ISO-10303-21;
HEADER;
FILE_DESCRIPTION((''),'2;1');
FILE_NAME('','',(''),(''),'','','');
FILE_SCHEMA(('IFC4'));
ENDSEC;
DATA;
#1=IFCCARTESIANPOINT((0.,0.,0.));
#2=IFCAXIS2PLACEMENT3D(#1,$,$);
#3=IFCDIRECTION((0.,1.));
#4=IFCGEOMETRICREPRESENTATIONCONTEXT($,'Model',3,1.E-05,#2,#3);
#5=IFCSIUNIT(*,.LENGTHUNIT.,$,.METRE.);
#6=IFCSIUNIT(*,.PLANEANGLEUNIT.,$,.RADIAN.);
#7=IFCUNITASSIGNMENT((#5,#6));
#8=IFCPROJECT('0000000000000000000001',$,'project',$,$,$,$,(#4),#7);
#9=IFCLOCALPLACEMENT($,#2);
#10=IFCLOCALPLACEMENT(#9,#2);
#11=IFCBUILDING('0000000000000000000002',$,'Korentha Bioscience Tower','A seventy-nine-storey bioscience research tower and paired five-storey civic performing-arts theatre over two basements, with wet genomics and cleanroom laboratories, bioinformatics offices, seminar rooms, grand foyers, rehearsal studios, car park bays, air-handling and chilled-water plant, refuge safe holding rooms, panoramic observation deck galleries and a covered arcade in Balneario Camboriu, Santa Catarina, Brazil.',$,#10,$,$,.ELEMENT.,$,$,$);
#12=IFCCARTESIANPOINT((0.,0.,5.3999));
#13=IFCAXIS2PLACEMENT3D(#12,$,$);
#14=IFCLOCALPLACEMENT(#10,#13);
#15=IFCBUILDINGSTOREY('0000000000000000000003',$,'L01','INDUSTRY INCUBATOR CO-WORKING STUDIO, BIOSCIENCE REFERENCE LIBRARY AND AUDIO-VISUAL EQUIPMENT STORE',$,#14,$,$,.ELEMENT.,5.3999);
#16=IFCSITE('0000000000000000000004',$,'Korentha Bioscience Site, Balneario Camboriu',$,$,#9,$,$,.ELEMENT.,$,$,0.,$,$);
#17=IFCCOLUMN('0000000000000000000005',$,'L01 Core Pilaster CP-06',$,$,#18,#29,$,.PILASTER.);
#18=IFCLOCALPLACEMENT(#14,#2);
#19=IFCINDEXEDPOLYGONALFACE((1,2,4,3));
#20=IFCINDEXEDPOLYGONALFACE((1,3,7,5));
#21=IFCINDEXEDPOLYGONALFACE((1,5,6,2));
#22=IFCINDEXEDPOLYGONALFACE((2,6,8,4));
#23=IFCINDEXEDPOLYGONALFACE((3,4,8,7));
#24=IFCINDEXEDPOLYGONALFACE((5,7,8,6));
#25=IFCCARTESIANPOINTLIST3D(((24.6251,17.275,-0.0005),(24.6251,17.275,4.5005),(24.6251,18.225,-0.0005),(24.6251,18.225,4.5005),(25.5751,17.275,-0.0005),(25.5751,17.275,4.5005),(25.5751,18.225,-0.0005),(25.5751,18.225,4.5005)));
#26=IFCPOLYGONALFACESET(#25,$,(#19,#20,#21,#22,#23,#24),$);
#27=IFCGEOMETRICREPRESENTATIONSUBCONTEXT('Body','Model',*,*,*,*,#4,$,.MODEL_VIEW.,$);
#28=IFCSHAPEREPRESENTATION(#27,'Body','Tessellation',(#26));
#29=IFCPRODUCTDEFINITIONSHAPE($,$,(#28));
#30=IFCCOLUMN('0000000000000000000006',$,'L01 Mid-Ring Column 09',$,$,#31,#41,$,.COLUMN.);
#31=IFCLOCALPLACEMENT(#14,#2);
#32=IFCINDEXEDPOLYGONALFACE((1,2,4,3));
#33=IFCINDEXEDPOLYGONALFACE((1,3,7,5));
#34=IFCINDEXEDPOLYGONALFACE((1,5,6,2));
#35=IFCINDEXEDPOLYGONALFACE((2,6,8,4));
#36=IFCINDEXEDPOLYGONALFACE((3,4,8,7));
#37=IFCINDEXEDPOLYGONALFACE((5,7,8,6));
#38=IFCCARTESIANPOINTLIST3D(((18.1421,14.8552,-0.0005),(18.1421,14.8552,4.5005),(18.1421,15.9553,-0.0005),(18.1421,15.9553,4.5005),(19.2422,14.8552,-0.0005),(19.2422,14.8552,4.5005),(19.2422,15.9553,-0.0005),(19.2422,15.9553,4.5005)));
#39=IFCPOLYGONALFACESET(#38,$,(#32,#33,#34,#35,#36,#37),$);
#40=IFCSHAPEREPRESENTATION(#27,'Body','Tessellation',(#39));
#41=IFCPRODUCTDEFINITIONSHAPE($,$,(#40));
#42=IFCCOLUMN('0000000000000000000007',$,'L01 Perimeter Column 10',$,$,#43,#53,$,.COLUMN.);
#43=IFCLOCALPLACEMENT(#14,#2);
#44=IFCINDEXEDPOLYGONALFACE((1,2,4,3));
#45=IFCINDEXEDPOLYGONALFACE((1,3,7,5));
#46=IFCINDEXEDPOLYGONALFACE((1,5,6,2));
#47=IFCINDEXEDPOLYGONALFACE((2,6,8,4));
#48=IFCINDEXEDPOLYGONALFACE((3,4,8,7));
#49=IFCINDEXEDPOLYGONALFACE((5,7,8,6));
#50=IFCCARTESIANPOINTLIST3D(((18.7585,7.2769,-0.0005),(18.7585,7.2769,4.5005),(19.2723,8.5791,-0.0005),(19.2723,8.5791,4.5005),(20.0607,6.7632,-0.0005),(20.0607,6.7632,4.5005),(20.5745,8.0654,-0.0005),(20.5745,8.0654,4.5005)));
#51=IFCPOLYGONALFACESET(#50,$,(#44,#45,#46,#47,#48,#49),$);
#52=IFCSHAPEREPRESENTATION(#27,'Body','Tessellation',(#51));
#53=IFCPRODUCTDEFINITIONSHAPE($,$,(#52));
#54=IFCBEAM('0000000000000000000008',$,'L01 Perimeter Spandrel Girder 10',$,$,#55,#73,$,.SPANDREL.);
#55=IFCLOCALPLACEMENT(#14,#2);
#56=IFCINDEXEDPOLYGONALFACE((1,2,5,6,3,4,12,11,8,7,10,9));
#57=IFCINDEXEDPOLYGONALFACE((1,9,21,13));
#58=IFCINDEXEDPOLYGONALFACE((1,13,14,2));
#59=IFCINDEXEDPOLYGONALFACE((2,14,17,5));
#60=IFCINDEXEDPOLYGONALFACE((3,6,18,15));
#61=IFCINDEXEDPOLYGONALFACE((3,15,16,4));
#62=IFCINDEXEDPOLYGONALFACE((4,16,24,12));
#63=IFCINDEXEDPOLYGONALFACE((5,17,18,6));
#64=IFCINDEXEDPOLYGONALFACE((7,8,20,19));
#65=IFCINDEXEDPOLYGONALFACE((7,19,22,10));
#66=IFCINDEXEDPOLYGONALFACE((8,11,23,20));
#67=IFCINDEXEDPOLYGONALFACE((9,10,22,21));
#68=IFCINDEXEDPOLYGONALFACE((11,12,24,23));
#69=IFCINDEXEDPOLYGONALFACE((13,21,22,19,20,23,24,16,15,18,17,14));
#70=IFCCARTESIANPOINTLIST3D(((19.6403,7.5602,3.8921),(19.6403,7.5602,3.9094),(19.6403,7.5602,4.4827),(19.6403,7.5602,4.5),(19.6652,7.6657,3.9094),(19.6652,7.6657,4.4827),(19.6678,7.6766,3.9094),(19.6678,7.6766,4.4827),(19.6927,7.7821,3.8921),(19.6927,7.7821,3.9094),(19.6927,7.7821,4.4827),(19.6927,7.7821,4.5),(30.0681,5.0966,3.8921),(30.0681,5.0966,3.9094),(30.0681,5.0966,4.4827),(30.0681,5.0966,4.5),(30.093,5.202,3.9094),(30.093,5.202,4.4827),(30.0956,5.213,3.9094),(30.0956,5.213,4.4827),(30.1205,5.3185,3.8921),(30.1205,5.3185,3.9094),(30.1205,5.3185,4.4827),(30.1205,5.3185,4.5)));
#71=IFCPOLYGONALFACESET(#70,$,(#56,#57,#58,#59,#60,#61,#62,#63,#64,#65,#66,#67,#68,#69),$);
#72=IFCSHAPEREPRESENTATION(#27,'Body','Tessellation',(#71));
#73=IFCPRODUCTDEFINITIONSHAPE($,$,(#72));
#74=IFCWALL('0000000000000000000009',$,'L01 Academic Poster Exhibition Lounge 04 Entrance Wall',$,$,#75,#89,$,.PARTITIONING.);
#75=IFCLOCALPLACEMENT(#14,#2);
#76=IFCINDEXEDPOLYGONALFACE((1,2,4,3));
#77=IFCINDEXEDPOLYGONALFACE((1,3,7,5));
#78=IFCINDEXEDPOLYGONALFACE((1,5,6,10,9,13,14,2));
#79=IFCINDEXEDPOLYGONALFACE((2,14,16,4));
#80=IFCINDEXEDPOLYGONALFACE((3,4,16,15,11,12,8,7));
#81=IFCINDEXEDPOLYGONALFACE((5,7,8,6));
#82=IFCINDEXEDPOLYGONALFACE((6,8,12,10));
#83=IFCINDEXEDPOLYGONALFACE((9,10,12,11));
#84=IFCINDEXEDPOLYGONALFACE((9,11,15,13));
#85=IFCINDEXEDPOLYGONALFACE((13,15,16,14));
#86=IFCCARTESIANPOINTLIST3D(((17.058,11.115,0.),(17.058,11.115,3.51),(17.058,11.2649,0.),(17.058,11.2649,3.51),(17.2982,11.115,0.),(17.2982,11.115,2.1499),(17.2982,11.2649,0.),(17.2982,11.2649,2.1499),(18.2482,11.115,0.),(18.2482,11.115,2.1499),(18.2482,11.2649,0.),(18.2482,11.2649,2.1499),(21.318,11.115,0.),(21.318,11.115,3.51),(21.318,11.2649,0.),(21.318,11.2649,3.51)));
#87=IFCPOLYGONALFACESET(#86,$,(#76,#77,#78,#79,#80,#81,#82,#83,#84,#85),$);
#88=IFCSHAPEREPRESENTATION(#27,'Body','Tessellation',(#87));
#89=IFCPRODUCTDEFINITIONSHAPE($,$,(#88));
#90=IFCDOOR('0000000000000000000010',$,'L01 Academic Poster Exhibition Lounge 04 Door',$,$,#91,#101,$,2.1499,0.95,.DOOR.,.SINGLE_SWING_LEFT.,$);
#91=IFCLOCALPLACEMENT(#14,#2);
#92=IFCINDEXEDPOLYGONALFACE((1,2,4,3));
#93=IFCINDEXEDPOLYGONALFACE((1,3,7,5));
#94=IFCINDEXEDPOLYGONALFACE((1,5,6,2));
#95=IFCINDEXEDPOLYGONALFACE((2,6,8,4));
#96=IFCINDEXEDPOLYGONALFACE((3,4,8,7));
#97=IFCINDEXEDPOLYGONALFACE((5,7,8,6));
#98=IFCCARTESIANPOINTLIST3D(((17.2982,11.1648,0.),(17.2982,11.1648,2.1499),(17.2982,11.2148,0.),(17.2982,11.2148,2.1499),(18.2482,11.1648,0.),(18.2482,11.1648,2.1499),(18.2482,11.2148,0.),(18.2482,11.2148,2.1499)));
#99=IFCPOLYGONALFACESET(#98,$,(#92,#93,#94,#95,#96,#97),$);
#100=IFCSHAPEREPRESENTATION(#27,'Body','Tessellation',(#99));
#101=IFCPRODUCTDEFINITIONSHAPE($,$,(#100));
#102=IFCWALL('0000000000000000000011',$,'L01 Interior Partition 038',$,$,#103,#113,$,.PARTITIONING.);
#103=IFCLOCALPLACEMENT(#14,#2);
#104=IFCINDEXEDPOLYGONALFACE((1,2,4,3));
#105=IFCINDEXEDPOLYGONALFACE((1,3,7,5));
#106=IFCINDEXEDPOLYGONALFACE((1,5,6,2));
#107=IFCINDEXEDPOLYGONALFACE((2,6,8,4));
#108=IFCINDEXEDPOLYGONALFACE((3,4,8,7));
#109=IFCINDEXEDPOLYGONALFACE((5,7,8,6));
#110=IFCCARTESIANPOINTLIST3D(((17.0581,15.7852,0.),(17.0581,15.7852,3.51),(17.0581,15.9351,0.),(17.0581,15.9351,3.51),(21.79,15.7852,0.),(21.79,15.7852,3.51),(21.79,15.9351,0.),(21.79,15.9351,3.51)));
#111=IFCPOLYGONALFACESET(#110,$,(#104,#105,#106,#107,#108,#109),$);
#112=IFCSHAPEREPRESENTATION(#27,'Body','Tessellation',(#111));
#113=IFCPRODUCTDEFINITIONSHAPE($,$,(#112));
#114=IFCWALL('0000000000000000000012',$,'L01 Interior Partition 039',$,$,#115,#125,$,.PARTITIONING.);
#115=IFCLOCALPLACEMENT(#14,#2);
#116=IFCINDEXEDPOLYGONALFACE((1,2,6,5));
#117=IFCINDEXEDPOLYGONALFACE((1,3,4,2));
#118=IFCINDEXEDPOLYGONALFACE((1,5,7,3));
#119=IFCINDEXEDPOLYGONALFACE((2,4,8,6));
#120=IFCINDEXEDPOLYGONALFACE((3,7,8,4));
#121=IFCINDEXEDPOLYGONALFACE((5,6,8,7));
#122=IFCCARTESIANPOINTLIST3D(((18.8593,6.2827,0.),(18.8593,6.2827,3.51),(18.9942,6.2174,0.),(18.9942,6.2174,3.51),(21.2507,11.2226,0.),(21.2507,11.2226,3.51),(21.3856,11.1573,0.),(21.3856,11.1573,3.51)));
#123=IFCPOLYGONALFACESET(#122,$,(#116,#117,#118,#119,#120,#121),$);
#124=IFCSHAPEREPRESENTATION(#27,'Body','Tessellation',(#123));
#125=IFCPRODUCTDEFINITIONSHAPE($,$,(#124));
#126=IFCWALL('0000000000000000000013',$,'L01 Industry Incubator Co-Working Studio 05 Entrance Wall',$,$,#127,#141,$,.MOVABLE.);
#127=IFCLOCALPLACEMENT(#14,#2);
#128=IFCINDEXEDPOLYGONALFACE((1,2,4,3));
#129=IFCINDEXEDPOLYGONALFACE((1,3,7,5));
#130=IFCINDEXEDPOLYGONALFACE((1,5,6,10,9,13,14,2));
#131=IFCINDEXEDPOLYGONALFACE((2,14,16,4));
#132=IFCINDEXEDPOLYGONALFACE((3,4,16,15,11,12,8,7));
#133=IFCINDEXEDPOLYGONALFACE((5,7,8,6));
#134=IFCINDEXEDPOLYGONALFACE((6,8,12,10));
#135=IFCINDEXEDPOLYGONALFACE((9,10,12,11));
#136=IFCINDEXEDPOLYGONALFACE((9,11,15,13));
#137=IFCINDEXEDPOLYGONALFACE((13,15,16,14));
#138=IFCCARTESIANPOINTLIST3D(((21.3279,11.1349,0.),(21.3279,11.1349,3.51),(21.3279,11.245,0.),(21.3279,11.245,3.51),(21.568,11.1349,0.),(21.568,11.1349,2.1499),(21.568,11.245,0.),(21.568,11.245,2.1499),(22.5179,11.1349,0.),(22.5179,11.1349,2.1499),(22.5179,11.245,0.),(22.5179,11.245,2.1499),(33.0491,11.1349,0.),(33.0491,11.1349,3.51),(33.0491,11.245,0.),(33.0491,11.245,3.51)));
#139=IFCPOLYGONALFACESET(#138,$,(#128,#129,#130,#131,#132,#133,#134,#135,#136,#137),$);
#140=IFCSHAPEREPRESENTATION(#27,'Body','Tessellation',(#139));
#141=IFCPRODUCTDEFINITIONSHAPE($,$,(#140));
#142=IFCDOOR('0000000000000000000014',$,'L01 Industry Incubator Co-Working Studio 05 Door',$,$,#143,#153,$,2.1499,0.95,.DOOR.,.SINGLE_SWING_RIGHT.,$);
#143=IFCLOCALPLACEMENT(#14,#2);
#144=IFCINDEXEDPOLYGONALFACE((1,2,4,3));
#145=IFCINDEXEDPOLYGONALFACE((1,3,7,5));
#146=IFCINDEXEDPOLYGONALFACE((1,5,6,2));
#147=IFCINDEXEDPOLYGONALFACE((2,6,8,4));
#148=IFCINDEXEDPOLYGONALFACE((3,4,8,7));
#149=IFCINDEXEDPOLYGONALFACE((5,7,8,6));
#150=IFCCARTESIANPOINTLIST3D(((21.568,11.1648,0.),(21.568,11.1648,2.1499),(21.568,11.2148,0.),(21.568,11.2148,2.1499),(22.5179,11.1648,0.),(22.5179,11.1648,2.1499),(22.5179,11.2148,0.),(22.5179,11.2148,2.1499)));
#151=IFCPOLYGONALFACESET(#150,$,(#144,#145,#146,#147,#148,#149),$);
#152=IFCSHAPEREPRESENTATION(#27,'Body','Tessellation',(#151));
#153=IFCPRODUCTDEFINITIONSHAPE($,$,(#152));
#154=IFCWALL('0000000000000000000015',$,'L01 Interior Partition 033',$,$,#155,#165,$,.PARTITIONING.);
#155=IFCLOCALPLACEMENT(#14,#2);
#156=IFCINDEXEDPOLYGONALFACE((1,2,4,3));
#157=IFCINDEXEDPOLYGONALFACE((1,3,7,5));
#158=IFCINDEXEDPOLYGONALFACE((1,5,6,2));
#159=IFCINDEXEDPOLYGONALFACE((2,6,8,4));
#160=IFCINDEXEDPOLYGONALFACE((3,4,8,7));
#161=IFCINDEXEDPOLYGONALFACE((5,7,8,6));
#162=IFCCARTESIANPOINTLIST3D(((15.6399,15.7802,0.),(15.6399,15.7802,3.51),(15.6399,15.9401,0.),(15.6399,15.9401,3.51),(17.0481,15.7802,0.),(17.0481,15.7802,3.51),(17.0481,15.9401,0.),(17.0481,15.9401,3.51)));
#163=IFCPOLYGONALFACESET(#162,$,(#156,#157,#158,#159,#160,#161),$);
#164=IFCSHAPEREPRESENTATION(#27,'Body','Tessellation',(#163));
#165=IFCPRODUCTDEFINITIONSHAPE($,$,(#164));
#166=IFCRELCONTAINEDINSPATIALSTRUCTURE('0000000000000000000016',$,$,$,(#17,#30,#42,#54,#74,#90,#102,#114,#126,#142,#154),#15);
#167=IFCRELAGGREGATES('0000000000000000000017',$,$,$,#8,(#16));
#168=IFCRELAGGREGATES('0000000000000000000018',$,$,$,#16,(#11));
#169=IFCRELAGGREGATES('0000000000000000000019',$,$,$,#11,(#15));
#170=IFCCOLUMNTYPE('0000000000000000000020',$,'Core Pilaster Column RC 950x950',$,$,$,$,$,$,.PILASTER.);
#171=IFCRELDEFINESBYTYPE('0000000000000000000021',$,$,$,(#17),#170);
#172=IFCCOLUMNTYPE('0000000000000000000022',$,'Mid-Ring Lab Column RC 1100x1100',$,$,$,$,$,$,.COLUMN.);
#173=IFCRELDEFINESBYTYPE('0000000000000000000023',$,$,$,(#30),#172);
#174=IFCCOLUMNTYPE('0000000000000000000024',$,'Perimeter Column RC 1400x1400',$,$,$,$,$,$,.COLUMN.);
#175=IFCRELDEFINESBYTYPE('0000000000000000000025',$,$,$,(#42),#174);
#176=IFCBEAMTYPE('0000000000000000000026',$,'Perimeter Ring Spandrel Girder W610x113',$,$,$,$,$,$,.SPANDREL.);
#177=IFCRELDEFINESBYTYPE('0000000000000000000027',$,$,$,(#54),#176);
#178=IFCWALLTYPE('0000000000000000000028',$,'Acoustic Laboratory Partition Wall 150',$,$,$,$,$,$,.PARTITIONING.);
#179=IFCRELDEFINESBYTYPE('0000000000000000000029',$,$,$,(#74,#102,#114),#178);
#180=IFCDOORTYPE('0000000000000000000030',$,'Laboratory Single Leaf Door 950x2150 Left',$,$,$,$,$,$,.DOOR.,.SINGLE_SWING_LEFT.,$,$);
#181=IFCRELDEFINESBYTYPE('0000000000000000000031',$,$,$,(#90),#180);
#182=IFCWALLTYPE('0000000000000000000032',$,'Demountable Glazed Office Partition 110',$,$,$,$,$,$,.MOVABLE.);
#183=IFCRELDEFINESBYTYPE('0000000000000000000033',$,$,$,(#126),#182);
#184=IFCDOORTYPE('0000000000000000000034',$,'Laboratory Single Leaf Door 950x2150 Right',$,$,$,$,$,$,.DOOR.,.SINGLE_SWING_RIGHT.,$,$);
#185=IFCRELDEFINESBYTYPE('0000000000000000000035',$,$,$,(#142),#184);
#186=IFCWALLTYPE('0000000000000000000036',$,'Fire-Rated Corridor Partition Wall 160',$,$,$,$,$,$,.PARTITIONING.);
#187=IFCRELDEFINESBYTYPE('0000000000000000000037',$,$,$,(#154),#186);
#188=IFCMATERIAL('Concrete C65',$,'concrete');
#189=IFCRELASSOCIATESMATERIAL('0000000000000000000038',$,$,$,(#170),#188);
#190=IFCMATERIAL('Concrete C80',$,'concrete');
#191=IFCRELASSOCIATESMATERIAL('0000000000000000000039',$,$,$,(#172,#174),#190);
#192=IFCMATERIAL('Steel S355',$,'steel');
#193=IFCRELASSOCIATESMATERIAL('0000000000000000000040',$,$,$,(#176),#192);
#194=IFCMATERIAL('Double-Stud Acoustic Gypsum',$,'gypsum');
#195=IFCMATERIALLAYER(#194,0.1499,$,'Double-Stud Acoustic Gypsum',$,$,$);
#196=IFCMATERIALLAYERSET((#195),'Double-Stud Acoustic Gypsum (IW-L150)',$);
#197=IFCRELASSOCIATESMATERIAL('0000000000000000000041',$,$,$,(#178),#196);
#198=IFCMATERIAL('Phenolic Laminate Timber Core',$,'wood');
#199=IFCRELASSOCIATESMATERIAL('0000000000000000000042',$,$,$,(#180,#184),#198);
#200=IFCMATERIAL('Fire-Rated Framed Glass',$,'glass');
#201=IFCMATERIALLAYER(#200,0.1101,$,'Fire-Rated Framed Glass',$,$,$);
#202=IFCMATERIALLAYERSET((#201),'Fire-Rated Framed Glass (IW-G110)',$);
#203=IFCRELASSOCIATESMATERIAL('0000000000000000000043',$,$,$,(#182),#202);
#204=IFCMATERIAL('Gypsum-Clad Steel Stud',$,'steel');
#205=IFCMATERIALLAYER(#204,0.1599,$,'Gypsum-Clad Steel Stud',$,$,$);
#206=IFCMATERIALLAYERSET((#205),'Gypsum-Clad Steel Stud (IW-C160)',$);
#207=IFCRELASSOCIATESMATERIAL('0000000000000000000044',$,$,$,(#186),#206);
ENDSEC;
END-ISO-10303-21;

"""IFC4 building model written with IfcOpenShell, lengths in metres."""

from ifc_helpers import new_model, si_unit, direction, frame, frame_2d, origin, origin_2d, place, context, subcontext, project, spatial, rectangle, i_section, extrude, material, layer, layer_set, material_profile, profile_set, type_object, element, fill, save


model = new_model("IFC4")

# Units and contexts
model_context = context("Model", 3, precision=1e-05, world=origin(), true_north=direction((0.0, 1.0)))
body_context = subcontext(model_context, "Body", "Model", "MODEL_VIEW")
ifc_project = project(units=[si_unit("LENGTHUNIT", "METRE"), si_unit("PLANEANGLEUNIT", "RADIAN")], contexts=[model_context])

# Site, building, storey
site_placement = place(None, origin())
site = spatial("IfcSite", under=ifc_project, at=site_placement, Name="Korentha Bioscience Site, Balneario Camboriu", CompositionType="ELEMENT", RefElevation=0.0)
building_placement = place(site_placement, origin())
building = spatial("IfcBuilding", under=site, at=building_placement, Name="Korentha Bioscience Tower", Description="A seventy-nine-storey bioscience research tower and paired five-storey civic performing-arts theatre over two basements, with wet genomics and cleanroom laboratories, bioinformatics offices, seminar rooms, grand foyers, rehearsal studios, car park bays, air-handling and chilled-water plant, refuge safe holding rooms, panoramic observation deck galleries and a covered arcade in Balneario Camboriu, Santa Catarina, Brazil.", CompositionType="ELEMENT")
storey_placement = place(building_placement, frame((0.0, 0.0, 5.3999)))
storey = spatial("IfcBuildingStorey", under=building, at=storey_placement, Name="L01", Description="INDUSTRY INCUBATOR CO-WORKING STUDIO, BIOSCIENCE REFERENCE LIBRARY AND AUDIO-VISUAL EQUIPMENT STORE", CompositionType="ELEMENT", Elevation=5.3999)

# Columns
ifc_material_1 = material(Name="Concrete C65", Category="concrete")
ifc_material_profile_1 = material_profile(ifc_material_1, rectangle(XDim=0.95, YDim=0.95, at=origin_2d()), Name="Concrete C65")
ifc_profile_set_1 = profile_set([ifc_material_profile_1], Name="Concrete C65 (COL-CP09)")
column_type_1 = type_object("IfcColumnType", Name="Core Pilaster Column RC 950x950", PredefinedType="PILASTER", material=ifc_profile_set_1)
column_1_placement = place(storey_placement, frame((25.1001, 17.75, -0.0005), z_axis=(0.0, 0.0, 1.0), x_axis=(1.0, 0.0, 0.0)))
element("IfcColumn", 1, at=column_1_placement, inside=storey, type_object=column_type_1, Name="L01 Core Pilaster CP-06", PredefinedType="PILASTER", context=body_context, shape_type="SweptSolid", body=[
    extrude(rectangle(XDim=0.95, YDim=0.95, at=origin_2d()), origin(), (0.0, 0.0, 1.0), 4.501),
])
ifc_material_2 = material(Name="Concrete C80", Category="concrete")
ifc_material_profile_2 = material_profile(ifc_material_2, rectangle(XDim=1.1001, YDim=1.1001, at=origin_2d()), Name="Concrete C80")
ifc_profile_set_2 = profile_set([ifc_material_profile_2], Name="Concrete C80 (COL-MR11)")
column_type_2 = type_object("IfcColumnType", Name="Mid-Ring Lab Column RC 1100x1100", PredefinedType="COLUMN", material=ifc_profile_set_2)
column_2_placement = place(storey_placement, frame((18.6921, 15.4053, -0.0005), z_axis=(0.0, 0.0, 1.0), x_axis=(1.0, 0.0, 0.0)))
element("IfcColumn", 2, at=column_2_placement, inside=storey, type_object=column_type_2, Name="L01 Mid-Ring Column 09", PredefinedType="COLUMN", context=body_context, shape_type="SweptSolid", body=[
    extrude(rectangle(XDim=1.1001, YDim=1.1001, at=origin_2d()), origin(), (0.0, 0.0, 1.0), 4.501),
])
ifc_material_profile_3 = material_profile(ifc_material_2, rectangle(XDim=1.3999, YDim=1.3999, at=origin_2d()), Name="Concrete C80")
ifc_profile_set_3 = profile_set([ifc_material_profile_3], Name="Concrete C80 (COL-P14)")
column_type_3 = type_object("IfcColumnType", Name="Perimeter Column RC 1400x1400", PredefinedType="COLUMN", material=ifc_profile_set_3)
column_3_placement = place(storey_placement, frame((19.6665, 7.6711, -0.0005), z_axis=(0.0, 0.0, 1.0), x_axis=(-0.930226, 0.366988, 0.0)))
element("IfcColumn", 3, at=column_3_placement, inside=storey, type_object=column_type_3, Name="L01 Perimeter Column 10", PredefinedType="COLUMN", context=body_context, shape_type="SweptSolid", body=[
    extrude(rectangle(XDim=1.3999, YDim=1.3999, at=origin_2d()), origin(), (0.0, 0.0, 1.0), 4.501),
])

# Beam
ifc_material_3 = material(Name="Steel S355", Category="steel")
ifc_material_profile_4 = material_profile(ifc_material_3, i_section(OverallWidth=0.228, OverallDepth=0.6079, WebThickness=0.0112, FlangeThickness=0.0173, at=origin_2d()), Name="Steel S355")
ifc_profile_set_4 = profile_set([ifc_material_profile_4], Name="Steel S355 (SB-610)")
beam_type = type_object("IfcBeamType", Name="Perimeter Ring Spandrel Girder W610x113", PredefinedType="SPANDREL", material=ifc_profile_set_4)
beam_placement = place(storey_placement, frame((19.6665, 7.6711, 4.196), z_axis=(0.973208, -0.229927, 0.0), x_axis=(0.229927, 0.973208, 0.0)))
element("IfcBeam", 4, at=beam_placement, inside=storey, type_object=beam_type, Name="L01 Perimeter Spandrel Girder 10", PredefinedType="SPANDREL", context=body_context, shape_type="SweptSolid", body=[
    extrude(i_section(OverallWidth=0.228, OverallDepth=0.6079, WebThickness=0.0112, FlangeThickness=0.0173, at=origin_2d()), origin(), (0.0, 0.0, 1.0), 10.7148),
])

# Wall, opening, door
ifc_material_4 = material(Name="Double-Stud Acoustic Gypsum", Category="gypsum")
ifc_layer_1 = layer(ifc_material_4, 0.1499, Name="Double-Stud Acoustic Gypsum")
ifc_layer_set_1 = layer_set([ifc_layer_1], Name="Double-Stud Acoustic Gypsum (IW-L150)")
wall_type_1 = type_object("IfcWallType", Name="Acoustic Laboratory Partition Wall 150", PredefinedType="PARTITIONING", material=ifc_layer_set_1)
wall_1_placement = place(storey_placement, frame((17.0581, 11.1899, 0.0), z_axis=(0.0, 0.0, 1.0), x_axis=(1.0, 0.0, 0.0)))
wall_1 = element("IfcWall", 5, at=wall_1_placement, inside=storey, type_object=wall_type_1, Name="L01 Academic Poster Exhibition Lounge 04 Entrance Wall", PredefinedType="PARTITIONING", context=body_context, shape_type="SweptSolid", body=[
    extrude(rectangle(XDim=4.26, YDim=0.1499, at=frame_2d((2.1299, 0.0))), origin(), (0.0, 0.0, 1.0), 3.51),
])
opening_1_placement = place(wall_1_placement, frame((0.24, 0.0, 0.0)))
opening_1 = element("IfcOpeningElement", 6, at=opening_1_placement, cuts=wall_1, PredefinedType="OPENING", context=body_context, shape_type="SweptSolid", body=[
    extrude(rectangle(XDim=0.95, YDim=2.1499, at=frame_2d((0.4751, 1.075))), frame((0.0, 0.0898, 0.0), z_axis=(0.0, -1.0, 0.0), x_axis=(1.0, 0.0, 0.0)), (0.0, 0.0, 1.0), 0.1797),
])
ifc_material_5 = material(Name="Phenolic Laminate Timber Core", Category="wood")
door_type_1 = type_object("IfcDoorType", Name="Laboratory Single Leaf Door 950x2150 Left", OperationType="SINGLE_SWING_LEFT", PredefinedType="DOOR", material=ifc_material_5)
door_1_placement = place(opening_1_placement, origin())
door_1 = element("IfcDoor", 7, at=door_1_placement, inside=storey, type_object=door_type_1, Name="L01 Academic Poster Exhibition Lounge 04 Door", OperationType="SINGLE_SWING_LEFT", OverallHeight=2.1499, OverallWidth=0.95, PredefinedType="DOOR", context=body_context, shape_type="SweptSolid", body=[
    extrude(rectangle(XDim=0.95, YDim=2.1499, at=frame_2d((0.4751, 1.075))), frame((0.0, 0.0249, 0.0), z_axis=(0.0, -1.0, 0.0), x_axis=(1.0, 0.0, 0.0)), (0.0, 0.0, 1.0), 0.05),
])
fill(opening_1, door_1)

# Walls
wall_2_placement = place(storey_placement, frame((21.79, 15.8601, 0.0), z_axis=(0.0, 0.0, 1.0), x_axis=(-1.0, 0.0, 0.0)))
element("IfcWall", 8, at=wall_2_placement, inside=storey, type_object=wall_type_1, Name="L01 Interior Partition 038", PredefinedType="PARTITIONING", context=body_context, shape_type="SweptSolid", body=[
    extrude(rectangle(XDim=4.7319, YDim=0.1499, at=frame_2d((2.366, 0.0))), origin(), (0.0, 0.0, 1.0), 3.51),
])
wall_3_placement = place(storey_placement, frame((21.3181, 11.1899, 0.0), z_axis=(0.0, 0.0, 1.0), x_axis=(-0.435718, -0.900083, 0.0)))
element("IfcWall", 9, at=wall_3_placement, inside=storey, type_object=wall_type_1, Name="L01 Interior Partition 039", PredefinedType="PARTITIONING", context=body_context, shape_type="SweptSolid", body=[
    extrude(rectangle(XDim=5.4883, YDim=0.1499, at=frame_2d((2.7441, 0.0))), origin(), (0.0, 0.0, 1.0), 3.51),
])

# Wall, opening, door
ifc_material_6 = material(Name="Fire-Rated Framed Glass", Category="glass")
ifc_layer_2 = layer(ifc_material_6, 0.1101, Name="Fire-Rated Framed Glass")
ifc_layer_set_2 = layer_set([ifc_layer_2], Name="Fire-Rated Framed Glass (IW-G110)")
wall_type_2 = type_object("IfcWallType", Name="Demountable Glazed Office Partition 110", PredefinedType="MOVABLE", material=ifc_layer_set_2)
wall_4_placement = place(storey_placement, frame((21.3279, 11.1899, 0.0), z_axis=(0.0, 0.0, 1.0), x_axis=(1.0, 0.0, 0.0)))
wall_4 = element("IfcWall", 10, at=wall_4_placement, inside=storey, type_object=wall_type_2, Name="L01 Industry Incubator Co-Working Studio 05 Entrance Wall", PredefinedType="MOVABLE", context=body_context, shape_type="SweptSolid", body=[
    extrude(rectangle(XDim=11.7212, YDim=0.1101, at=frame_2d((5.8606, 0.0))), origin(), (0.0, 0.0, 1.0), 3.51),
])
opening_2_placement = place(wall_4_placement, frame((0.24, 0.0, 0.0)))
opening_2 = element("IfcOpeningElement", 11, at=opening_2_placement, cuts=wall_4, PredefinedType="OPENING", context=body_context, shape_type="SweptSolid", body=[
    extrude(rectangle(XDim=0.95, YDim=2.1499, at=frame_2d((0.4751, 1.075))), frame((0.0, 0.0698, 0.0), z_axis=(0.0, -1.0, 0.0), x_axis=(1.0, 0.0, 0.0)), (0.0, 0.0, 1.0), 0.1399),
])
door_type_2 = type_object("IfcDoorType", Name="Laboratory Single Leaf Door 950x2150 Right", OperationType="SINGLE_SWING_RIGHT", PredefinedType="DOOR", material=ifc_material_5)
door_2_placement = place(opening_2_placement, origin())
door_2 = element("IfcDoor", 12, at=door_2_placement, inside=storey, type_object=door_type_2, Name="L01 Industry Incubator Co-Working Studio 05 Door", OperationType="SINGLE_SWING_RIGHT", OverallHeight=2.1499, OverallWidth=0.95, PredefinedType="DOOR", context=body_context, shape_type="SweptSolid", body=[
    extrude(rectangle(XDim=0.95, YDim=2.1499, at=frame_2d((0.4751, 1.075))), frame((0.0, 0.0249, 0.0), z_axis=(0.0, -1.0, 0.0), x_axis=(1.0, 0.0, 0.0)), (0.0, 0.0, 1.0), 0.05),
])
fill(opening_2, door_2)
ifc_material_7 = material(Name="Gypsum-Clad Steel Stud", Category="steel")
ifc_layer_3 = layer(ifc_material_7, 0.1599, Name="Gypsum-Clad Steel Stud")
ifc_layer_set_3 = layer_set([ifc_layer_3], Name="Gypsum-Clad Steel Stud (IW-C160)")
wall_type_3 = type_object("IfcWallType", Name="Fire-Rated Corridor Partition Wall 160", PredefinedType="PARTITIONING", material=ifc_layer_set_3)

# Wall
wall_5_placement = place(storey_placement, frame((17.0481, 15.8601, 0.0), z_axis=(0.0, 0.0, 1.0), x_axis=(-1.0, 0.0, 0.0)))
element("IfcWall", 13, at=wall_5_placement, inside=storey, type_object=wall_type_3, Name="L01 Interior Partition 033", PredefinedType="PARTITIONING", context=body_context, shape_type="SweptSolid", body=[
    extrude(rectangle(XDim=1.4082, YDim=0.1599, at=frame_2d((0.7041, 0.0))), origin(), (0.0, 0.0, 1.0), 3.51),
])

save(model, "model.ifc")
